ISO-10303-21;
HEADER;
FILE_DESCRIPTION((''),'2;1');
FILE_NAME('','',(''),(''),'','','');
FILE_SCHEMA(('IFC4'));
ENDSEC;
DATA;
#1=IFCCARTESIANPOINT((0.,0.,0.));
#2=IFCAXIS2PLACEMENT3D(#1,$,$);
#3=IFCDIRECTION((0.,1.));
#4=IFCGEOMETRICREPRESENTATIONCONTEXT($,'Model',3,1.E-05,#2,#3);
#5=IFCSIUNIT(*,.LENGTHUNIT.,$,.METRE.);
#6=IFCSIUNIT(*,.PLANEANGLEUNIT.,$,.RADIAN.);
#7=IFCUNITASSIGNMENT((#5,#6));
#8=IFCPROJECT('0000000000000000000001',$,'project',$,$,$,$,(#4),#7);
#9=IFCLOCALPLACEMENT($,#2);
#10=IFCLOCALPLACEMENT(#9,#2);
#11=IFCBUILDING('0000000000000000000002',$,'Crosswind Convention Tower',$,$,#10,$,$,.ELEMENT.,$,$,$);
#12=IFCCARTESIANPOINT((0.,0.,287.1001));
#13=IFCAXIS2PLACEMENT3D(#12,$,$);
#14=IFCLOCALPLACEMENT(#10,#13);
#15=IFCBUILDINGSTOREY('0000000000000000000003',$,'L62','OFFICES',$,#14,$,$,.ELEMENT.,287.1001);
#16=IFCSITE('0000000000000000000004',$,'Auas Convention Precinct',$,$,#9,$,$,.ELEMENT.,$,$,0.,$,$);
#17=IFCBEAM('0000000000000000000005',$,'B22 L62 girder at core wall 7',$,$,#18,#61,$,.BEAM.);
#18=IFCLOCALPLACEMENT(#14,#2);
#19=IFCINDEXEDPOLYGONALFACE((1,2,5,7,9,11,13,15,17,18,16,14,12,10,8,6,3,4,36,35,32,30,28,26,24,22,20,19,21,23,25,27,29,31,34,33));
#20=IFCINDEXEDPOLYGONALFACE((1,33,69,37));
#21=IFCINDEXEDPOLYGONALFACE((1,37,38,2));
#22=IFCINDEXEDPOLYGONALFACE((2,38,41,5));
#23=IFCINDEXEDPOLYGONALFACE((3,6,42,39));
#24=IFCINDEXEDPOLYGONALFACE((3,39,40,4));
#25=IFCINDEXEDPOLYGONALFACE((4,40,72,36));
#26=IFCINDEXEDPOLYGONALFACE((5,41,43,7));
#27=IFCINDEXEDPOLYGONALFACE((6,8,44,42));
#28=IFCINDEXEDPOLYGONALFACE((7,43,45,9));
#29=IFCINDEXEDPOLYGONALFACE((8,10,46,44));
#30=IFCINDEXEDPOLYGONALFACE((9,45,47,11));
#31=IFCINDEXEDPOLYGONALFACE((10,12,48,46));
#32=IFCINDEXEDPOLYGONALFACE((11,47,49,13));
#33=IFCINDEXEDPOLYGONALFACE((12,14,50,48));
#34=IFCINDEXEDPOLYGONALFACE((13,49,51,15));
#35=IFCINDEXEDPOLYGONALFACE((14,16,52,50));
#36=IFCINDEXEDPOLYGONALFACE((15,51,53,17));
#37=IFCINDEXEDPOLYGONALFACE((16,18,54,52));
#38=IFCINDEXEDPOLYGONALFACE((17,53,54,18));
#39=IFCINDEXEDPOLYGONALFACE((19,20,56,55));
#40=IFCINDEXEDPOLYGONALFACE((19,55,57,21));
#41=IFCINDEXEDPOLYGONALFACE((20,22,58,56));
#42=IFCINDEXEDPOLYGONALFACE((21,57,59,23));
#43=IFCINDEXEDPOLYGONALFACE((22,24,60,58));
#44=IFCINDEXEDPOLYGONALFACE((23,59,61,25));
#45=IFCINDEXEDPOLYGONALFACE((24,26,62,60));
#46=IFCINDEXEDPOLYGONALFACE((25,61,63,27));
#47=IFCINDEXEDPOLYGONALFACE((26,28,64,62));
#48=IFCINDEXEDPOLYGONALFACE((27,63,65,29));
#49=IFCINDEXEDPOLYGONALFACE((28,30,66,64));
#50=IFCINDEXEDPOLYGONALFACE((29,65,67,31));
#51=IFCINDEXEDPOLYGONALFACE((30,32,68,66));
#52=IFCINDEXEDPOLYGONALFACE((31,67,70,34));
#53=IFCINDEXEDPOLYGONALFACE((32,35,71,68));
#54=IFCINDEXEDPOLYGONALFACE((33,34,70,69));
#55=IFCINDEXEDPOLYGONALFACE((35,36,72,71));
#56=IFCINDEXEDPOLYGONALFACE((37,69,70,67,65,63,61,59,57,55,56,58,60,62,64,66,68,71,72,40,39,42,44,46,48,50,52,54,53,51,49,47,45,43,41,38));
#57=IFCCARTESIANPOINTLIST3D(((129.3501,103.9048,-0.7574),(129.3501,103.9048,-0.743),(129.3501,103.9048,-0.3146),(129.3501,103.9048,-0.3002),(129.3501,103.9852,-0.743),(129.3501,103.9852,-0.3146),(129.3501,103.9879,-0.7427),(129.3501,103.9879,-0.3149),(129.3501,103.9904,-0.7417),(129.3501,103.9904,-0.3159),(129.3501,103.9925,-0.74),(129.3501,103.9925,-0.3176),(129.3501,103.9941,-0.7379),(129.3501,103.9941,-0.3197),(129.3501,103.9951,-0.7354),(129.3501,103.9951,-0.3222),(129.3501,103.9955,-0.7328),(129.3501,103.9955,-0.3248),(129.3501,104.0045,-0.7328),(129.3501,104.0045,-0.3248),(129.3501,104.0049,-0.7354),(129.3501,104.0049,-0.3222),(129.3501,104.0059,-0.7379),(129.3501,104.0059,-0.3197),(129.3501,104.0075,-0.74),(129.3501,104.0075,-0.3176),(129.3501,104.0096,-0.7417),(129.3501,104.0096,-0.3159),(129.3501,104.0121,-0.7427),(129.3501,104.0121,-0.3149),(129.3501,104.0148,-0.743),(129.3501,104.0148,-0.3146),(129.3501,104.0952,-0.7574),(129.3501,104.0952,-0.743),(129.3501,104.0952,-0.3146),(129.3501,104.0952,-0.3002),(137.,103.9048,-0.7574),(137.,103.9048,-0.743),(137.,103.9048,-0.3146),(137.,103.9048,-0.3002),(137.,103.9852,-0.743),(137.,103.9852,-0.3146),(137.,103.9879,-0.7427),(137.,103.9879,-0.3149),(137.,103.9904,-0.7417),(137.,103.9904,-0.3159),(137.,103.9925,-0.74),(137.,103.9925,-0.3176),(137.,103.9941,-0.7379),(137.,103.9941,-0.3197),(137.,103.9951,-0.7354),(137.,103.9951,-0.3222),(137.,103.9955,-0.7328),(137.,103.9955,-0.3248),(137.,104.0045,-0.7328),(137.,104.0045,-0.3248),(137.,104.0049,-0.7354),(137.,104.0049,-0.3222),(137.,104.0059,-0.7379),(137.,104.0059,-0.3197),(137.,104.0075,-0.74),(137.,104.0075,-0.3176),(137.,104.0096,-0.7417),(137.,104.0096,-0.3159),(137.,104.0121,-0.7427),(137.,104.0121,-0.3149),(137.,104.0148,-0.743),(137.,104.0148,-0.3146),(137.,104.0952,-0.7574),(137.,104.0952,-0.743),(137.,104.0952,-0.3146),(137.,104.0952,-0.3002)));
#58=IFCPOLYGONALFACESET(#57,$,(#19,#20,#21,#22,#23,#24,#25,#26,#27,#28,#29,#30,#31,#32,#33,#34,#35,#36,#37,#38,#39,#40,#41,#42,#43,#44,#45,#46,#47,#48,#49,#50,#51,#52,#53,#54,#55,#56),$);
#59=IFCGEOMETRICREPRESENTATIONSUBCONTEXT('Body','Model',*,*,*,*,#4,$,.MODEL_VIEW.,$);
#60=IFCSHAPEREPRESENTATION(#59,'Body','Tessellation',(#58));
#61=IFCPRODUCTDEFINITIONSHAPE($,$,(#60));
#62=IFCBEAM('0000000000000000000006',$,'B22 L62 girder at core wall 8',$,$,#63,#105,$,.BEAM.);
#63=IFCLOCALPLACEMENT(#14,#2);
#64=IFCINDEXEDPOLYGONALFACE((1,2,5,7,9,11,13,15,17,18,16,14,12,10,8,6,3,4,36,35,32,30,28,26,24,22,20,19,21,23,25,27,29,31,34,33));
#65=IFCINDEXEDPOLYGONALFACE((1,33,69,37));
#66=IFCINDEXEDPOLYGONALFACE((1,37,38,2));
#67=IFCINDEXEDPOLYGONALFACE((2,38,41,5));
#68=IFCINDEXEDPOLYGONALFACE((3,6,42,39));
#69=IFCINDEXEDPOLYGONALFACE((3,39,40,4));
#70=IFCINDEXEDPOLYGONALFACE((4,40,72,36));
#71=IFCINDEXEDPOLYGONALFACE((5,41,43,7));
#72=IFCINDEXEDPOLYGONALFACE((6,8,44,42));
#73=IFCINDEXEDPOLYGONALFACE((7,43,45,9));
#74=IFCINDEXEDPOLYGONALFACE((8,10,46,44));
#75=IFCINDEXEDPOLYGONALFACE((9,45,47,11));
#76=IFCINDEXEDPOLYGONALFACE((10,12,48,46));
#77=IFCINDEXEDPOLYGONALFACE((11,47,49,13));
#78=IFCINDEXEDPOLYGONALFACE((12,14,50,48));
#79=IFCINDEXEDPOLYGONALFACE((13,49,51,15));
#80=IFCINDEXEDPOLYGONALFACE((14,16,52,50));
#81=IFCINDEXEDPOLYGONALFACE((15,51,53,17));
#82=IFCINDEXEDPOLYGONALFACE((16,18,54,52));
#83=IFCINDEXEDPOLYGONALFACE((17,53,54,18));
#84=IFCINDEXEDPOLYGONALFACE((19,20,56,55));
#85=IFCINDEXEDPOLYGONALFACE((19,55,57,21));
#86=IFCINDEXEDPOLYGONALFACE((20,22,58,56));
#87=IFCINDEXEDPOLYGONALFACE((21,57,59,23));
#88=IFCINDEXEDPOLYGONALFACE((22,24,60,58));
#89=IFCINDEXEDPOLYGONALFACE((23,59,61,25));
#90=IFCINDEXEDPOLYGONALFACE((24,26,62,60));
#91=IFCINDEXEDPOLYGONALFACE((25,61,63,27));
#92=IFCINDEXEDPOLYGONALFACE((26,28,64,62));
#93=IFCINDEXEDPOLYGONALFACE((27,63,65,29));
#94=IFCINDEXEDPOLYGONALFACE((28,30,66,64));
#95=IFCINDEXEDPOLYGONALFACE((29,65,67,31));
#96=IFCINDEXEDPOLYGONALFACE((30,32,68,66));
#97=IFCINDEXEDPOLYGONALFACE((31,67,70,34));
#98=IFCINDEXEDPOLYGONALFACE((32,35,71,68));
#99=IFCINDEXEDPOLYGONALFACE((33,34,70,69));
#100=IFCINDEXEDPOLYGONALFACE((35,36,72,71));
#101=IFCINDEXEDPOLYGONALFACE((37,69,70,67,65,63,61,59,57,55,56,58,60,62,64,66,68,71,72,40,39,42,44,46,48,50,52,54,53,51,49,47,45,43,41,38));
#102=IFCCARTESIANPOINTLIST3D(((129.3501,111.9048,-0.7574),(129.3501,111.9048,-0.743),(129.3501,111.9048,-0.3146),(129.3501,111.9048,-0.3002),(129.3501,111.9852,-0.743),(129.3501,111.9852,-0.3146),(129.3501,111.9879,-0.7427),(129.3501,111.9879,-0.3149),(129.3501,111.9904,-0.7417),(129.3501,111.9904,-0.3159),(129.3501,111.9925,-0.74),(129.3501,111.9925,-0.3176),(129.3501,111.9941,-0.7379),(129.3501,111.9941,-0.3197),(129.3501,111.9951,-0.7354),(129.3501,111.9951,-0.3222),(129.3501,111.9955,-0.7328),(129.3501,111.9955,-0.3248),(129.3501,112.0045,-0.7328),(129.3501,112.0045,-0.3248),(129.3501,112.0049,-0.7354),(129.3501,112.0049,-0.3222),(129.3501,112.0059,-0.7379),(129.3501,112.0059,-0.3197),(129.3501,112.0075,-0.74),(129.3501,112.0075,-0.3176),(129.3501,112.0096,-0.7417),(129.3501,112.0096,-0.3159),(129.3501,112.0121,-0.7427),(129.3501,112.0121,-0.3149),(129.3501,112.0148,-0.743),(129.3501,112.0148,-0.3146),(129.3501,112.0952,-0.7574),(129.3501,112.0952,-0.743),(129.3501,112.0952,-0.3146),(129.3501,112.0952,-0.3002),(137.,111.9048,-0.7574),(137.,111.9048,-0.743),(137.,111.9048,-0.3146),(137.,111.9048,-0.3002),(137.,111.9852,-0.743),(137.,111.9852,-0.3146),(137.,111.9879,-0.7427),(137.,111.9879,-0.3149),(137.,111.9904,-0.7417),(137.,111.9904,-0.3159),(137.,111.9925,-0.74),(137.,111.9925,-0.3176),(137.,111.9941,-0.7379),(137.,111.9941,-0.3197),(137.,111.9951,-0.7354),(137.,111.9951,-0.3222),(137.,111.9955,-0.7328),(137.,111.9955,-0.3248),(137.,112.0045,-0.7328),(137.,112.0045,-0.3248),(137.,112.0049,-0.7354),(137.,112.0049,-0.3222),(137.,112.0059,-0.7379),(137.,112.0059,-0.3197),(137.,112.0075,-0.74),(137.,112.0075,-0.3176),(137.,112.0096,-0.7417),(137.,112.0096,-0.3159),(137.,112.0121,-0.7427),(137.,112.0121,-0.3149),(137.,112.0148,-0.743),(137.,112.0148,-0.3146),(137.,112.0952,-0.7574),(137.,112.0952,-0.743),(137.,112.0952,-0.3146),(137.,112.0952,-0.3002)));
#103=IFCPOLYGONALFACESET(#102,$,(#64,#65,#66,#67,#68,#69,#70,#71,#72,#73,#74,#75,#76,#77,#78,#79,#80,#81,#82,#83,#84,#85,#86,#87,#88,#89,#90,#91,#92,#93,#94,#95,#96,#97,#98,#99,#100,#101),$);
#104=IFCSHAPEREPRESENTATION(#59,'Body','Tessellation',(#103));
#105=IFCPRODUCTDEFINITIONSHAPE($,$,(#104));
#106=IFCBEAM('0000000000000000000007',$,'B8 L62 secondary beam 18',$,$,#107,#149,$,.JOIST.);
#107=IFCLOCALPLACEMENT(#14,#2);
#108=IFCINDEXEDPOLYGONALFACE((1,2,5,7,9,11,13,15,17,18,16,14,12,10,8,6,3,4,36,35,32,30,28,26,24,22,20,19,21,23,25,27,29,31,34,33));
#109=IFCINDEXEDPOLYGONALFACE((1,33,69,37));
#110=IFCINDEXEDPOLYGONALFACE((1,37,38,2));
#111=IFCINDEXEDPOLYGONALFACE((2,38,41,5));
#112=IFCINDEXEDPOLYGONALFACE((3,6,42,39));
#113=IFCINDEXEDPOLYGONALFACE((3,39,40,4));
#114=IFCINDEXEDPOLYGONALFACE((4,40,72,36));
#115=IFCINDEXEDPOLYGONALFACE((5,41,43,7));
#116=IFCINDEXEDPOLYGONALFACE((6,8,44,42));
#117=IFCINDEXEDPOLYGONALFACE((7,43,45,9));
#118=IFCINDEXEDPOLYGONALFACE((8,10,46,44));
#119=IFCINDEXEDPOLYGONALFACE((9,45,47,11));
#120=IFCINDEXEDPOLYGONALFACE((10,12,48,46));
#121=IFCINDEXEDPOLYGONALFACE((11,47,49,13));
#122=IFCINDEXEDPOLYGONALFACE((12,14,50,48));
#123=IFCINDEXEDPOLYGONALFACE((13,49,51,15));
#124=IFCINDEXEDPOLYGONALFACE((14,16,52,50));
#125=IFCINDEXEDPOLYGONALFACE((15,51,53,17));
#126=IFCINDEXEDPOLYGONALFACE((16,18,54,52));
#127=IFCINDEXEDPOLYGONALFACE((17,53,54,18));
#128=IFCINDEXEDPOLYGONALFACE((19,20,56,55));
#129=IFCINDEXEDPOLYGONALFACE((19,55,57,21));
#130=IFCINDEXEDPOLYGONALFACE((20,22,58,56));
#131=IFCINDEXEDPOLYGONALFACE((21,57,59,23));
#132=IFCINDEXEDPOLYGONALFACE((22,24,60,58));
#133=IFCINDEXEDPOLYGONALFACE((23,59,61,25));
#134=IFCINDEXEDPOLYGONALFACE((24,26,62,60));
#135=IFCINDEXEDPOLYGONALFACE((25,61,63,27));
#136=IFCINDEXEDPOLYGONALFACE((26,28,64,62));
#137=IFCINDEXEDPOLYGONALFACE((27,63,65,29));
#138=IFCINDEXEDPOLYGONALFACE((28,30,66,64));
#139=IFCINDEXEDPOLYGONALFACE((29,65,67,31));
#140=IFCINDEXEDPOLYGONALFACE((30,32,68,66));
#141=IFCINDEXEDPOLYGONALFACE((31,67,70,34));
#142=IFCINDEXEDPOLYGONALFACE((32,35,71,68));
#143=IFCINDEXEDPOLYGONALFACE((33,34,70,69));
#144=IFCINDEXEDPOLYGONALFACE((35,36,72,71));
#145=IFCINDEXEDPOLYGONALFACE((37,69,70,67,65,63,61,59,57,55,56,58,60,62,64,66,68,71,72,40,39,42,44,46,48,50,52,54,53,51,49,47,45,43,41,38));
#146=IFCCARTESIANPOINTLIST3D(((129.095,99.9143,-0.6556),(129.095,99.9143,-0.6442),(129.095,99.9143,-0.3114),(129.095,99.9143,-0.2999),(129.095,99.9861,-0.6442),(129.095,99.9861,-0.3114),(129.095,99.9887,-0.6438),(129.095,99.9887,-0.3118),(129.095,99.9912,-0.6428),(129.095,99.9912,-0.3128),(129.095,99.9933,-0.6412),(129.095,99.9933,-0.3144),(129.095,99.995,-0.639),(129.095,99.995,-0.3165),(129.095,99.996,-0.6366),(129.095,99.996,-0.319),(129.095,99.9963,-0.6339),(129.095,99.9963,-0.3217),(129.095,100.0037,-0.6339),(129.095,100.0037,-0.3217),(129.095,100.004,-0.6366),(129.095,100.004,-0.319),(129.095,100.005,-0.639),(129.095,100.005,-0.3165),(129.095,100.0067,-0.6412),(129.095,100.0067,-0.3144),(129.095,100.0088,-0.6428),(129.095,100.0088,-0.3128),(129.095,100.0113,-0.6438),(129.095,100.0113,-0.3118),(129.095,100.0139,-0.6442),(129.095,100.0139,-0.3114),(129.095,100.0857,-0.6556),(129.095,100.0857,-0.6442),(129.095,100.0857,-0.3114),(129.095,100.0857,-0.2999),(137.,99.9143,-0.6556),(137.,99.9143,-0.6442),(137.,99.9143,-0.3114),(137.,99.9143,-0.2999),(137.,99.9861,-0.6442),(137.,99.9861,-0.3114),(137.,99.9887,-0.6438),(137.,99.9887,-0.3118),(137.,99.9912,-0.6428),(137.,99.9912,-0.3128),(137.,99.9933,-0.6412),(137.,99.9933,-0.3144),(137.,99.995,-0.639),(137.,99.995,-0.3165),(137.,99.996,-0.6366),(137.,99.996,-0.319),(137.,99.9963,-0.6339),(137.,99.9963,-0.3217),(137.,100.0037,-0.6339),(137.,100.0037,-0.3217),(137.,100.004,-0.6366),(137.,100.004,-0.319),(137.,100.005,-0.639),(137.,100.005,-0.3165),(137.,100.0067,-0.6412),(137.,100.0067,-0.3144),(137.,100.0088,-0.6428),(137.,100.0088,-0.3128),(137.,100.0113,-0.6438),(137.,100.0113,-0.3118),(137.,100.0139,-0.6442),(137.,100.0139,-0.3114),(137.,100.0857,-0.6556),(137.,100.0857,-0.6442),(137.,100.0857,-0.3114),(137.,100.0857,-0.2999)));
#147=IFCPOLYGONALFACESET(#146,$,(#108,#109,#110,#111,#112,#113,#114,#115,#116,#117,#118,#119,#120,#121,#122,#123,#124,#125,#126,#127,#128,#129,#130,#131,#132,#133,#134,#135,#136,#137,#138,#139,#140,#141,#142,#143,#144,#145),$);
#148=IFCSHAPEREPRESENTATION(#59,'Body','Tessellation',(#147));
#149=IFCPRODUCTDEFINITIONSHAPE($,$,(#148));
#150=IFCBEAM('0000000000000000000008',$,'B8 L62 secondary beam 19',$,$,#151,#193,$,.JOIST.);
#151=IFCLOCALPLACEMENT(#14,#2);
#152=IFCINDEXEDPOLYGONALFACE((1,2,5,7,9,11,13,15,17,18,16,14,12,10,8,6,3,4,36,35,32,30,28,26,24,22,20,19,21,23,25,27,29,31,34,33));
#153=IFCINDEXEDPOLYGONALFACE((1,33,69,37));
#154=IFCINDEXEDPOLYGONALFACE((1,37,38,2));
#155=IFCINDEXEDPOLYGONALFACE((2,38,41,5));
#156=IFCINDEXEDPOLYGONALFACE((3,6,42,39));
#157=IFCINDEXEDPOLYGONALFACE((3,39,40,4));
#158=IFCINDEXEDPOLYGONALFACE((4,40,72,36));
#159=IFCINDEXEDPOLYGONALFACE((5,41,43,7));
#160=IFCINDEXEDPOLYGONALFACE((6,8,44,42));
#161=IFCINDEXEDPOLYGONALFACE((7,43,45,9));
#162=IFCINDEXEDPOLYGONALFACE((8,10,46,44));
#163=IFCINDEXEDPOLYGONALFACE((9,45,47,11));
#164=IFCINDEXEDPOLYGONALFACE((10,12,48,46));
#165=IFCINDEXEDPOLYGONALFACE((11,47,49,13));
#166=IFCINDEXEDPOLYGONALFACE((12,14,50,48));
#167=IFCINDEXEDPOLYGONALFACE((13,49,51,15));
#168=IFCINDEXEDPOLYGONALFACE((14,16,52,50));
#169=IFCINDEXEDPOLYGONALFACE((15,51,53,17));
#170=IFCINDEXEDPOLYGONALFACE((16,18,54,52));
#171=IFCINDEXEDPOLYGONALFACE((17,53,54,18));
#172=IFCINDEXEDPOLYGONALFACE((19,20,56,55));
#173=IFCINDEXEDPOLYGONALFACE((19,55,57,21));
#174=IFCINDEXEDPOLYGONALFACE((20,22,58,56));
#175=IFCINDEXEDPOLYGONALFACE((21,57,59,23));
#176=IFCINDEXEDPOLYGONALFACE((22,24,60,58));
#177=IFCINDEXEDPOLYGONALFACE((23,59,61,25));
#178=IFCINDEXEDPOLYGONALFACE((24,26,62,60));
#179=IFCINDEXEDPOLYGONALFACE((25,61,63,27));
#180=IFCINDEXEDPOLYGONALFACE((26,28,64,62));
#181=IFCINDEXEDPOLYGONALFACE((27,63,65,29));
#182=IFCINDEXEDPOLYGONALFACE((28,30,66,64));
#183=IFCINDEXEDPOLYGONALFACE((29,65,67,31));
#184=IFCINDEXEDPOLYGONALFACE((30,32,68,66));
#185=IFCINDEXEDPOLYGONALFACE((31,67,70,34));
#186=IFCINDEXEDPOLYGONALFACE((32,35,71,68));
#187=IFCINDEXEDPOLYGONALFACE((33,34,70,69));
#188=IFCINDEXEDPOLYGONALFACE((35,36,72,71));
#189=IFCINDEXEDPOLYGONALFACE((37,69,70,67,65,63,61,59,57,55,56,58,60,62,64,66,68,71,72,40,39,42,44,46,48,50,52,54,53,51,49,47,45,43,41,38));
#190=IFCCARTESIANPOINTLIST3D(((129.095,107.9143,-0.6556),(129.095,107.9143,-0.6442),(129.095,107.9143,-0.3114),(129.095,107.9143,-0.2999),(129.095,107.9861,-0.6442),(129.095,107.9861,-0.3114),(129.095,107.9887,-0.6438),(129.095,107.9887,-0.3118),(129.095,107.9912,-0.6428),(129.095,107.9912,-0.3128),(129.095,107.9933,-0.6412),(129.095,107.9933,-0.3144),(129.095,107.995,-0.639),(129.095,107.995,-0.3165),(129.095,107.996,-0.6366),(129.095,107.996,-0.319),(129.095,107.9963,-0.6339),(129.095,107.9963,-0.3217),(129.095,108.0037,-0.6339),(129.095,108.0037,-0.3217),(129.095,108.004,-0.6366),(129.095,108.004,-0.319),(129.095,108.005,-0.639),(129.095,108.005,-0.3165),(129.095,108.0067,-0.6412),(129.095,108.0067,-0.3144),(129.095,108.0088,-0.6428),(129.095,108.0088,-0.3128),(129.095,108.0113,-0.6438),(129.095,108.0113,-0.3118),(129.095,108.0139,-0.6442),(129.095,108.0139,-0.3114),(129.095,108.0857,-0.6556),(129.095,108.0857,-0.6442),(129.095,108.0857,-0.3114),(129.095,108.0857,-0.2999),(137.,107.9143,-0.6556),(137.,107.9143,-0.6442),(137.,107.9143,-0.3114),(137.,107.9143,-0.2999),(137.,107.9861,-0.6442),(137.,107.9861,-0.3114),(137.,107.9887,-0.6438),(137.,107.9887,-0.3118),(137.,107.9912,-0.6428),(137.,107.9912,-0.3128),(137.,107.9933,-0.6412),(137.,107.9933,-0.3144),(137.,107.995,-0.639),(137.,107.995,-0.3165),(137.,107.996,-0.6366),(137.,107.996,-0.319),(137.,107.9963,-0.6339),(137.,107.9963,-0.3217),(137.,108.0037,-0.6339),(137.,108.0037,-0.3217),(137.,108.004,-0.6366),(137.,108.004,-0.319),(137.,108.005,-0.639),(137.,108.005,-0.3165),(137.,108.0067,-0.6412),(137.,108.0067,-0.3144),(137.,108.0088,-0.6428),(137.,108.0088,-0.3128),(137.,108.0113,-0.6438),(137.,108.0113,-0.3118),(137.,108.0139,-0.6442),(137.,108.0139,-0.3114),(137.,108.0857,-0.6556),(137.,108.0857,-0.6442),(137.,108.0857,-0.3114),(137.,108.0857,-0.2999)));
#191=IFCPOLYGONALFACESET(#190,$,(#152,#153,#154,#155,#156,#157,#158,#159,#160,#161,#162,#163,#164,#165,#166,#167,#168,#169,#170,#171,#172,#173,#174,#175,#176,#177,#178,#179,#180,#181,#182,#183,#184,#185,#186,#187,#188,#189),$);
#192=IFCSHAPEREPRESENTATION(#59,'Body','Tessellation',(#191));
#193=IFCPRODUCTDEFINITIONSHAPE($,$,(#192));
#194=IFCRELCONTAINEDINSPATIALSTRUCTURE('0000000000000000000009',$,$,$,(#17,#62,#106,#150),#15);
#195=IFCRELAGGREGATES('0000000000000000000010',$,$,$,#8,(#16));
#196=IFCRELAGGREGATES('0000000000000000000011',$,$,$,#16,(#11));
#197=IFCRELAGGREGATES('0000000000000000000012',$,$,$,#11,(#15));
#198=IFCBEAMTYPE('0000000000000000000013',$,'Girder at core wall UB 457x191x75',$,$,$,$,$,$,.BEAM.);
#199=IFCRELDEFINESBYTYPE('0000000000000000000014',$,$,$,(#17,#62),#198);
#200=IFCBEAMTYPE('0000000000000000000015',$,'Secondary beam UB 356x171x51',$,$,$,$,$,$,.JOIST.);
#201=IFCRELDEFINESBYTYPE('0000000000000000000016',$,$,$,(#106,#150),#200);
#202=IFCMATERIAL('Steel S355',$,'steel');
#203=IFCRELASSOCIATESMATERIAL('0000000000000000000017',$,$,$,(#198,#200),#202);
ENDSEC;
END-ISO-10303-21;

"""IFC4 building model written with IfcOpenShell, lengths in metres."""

from ifc_helpers import new_model, si_unit, direction, frame, origin, origin_2d, place, context, subcontext, project, spatial, i_section, extrude, material, material_profile, profile_set, type_object, element, save


model = new_model("IFC4")

# Units and contexts
model_context = context("Model", 3, precision=1e-05, world=origin(), true_north=direction((0.0, 1.0)))
body_context = subcontext(model_context, "Body", "Model", "MODEL_VIEW")
ifc_project = project(units=[si_unit("LENGTHUNIT", "METRE"), si_unit("PLANEANGLEUNIT", "RADIAN")], contexts=[model_context])

# Site, building, storey
site_placement = place(None, origin())
site = spatial("IfcSite", under=ifc_project, at=site_placement, Name="Auas Convention Precinct", CompositionType="ELEMENT", RefElevation=0.0)
building_placement = place(site_placement, origin())
building = spatial("IfcBuilding", under=site, at=building_placement, Name="Crosswind Convention Tower", CompositionType="ELEMENT")
storey_placement = place(building_placement, frame((0.0, 0.0, 287.1001)))
storey = spatial("IfcBuildingStorey", under=building, at=storey_placement, Name="L62", Description="OFFICES", CompositionType="ELEMENT", Elevation=287.1001)

# Beams
ifc_material_1 = material(Name="Steel S355", Category="steel")
ifc_material_profile_1 = material_profile(ifc_material_1, i_section(OverallWidth=0.1904, OverallDepth=0.4573, WebThickness=0.009, FlangeThickness=0.0144, FilletRadius=0.0103, at=origin_2d()), Name="UB 457x191x75")
ifc_profile_set_1 = profile_set([ifc_material_profile_1], Name="Steel S355")
beam_type_1 = type_object("IfcBeamType", Name="Girder at core wall UB 457x191x75", PredefinedType="BEAM", material=ifc_profile_set_1)
for number, where, z_axis, x_axis, name in (
    (1, (129.3501, 104.0, -0.5288), (1.0, 0.0, 0.0), (0.0, 1.0, 0.0), "B22 L62 girder at core wall 7"),
    (2, (129.3501, 112.0, -0.5288), (1.0, 0.0, 0.0), (0.0, 1.0, 0.0), "B22 L62 girder at core wall 8"),
):
    element("IfcBeam", number, at=place(storey_placement, frame(where, z_axis=z_axis, x_axis=x_axis)), inside=storey, type_object=beam_type_1, Name=name, PredefinedType="BEAM", context=body_context, shape_type="SweptSolid", body=[
        extrude(i_section(OverallWidth=0.1904, OverallDepth=0.4573, WebThickness=0.009, FlangeThickness=0.0144, FilletRadius=0.0103, at=origin_2d()), origin(), (0.0, 0.0, 1.0), 7.6499),
    ])
ifc_material_profile_2 = material_profile(ifc_material_1, i_section(OverallWidth=0.1714, OverallDepth=0.3557, WebThickness=0.0073, FlangeThickness=0.0115, FilletRadius=0.0103, at=origin_2d()), Name="UB 356x171x51")
ifc_profile_set_2 = profile_set([ifc_material_profile_2], Name="Steel S355")
beam_type_2 = type_object("IfcBeamType", Name="Secondary beam UB 356x171x51", PredefinedType="JOIST", material=ifc_profile_set_2)
for number, where, z_axis, x_axis, name in (
    (3, (129.095, 100.0, -0.4778), (1.0, 0.0, 0.0), (0.0, 1.0, 0.0), "B8 L62 secondary beam 18"),
    (4, (129.095, 108.0, -0.4778), (1.0, 0.0, 0.0), (0.0, 1.0, 0.0), "B8 L62 secondary beam 19"),
):
    element("IfcBeam", number, at=place(storey_placement, frame(where, z_axis=z_axis, x_axis=x_axis)), inside=storey, type_object=beam_type_2, Name=name, PredefinedType="JOIST", context=body_context, shape_type="SweptSolid", body=[
        extrude(i_section(OverallWidth=0.1714, OverallDepth=0.3557, WebThickness=0.0073, FlangeThickness=0.0115, FilletRadius=0.0103, at=origin_2d()), origin(), (0.0, 0.0, 1.0), 7.905),
    ])

save(model, "model.ifc")
